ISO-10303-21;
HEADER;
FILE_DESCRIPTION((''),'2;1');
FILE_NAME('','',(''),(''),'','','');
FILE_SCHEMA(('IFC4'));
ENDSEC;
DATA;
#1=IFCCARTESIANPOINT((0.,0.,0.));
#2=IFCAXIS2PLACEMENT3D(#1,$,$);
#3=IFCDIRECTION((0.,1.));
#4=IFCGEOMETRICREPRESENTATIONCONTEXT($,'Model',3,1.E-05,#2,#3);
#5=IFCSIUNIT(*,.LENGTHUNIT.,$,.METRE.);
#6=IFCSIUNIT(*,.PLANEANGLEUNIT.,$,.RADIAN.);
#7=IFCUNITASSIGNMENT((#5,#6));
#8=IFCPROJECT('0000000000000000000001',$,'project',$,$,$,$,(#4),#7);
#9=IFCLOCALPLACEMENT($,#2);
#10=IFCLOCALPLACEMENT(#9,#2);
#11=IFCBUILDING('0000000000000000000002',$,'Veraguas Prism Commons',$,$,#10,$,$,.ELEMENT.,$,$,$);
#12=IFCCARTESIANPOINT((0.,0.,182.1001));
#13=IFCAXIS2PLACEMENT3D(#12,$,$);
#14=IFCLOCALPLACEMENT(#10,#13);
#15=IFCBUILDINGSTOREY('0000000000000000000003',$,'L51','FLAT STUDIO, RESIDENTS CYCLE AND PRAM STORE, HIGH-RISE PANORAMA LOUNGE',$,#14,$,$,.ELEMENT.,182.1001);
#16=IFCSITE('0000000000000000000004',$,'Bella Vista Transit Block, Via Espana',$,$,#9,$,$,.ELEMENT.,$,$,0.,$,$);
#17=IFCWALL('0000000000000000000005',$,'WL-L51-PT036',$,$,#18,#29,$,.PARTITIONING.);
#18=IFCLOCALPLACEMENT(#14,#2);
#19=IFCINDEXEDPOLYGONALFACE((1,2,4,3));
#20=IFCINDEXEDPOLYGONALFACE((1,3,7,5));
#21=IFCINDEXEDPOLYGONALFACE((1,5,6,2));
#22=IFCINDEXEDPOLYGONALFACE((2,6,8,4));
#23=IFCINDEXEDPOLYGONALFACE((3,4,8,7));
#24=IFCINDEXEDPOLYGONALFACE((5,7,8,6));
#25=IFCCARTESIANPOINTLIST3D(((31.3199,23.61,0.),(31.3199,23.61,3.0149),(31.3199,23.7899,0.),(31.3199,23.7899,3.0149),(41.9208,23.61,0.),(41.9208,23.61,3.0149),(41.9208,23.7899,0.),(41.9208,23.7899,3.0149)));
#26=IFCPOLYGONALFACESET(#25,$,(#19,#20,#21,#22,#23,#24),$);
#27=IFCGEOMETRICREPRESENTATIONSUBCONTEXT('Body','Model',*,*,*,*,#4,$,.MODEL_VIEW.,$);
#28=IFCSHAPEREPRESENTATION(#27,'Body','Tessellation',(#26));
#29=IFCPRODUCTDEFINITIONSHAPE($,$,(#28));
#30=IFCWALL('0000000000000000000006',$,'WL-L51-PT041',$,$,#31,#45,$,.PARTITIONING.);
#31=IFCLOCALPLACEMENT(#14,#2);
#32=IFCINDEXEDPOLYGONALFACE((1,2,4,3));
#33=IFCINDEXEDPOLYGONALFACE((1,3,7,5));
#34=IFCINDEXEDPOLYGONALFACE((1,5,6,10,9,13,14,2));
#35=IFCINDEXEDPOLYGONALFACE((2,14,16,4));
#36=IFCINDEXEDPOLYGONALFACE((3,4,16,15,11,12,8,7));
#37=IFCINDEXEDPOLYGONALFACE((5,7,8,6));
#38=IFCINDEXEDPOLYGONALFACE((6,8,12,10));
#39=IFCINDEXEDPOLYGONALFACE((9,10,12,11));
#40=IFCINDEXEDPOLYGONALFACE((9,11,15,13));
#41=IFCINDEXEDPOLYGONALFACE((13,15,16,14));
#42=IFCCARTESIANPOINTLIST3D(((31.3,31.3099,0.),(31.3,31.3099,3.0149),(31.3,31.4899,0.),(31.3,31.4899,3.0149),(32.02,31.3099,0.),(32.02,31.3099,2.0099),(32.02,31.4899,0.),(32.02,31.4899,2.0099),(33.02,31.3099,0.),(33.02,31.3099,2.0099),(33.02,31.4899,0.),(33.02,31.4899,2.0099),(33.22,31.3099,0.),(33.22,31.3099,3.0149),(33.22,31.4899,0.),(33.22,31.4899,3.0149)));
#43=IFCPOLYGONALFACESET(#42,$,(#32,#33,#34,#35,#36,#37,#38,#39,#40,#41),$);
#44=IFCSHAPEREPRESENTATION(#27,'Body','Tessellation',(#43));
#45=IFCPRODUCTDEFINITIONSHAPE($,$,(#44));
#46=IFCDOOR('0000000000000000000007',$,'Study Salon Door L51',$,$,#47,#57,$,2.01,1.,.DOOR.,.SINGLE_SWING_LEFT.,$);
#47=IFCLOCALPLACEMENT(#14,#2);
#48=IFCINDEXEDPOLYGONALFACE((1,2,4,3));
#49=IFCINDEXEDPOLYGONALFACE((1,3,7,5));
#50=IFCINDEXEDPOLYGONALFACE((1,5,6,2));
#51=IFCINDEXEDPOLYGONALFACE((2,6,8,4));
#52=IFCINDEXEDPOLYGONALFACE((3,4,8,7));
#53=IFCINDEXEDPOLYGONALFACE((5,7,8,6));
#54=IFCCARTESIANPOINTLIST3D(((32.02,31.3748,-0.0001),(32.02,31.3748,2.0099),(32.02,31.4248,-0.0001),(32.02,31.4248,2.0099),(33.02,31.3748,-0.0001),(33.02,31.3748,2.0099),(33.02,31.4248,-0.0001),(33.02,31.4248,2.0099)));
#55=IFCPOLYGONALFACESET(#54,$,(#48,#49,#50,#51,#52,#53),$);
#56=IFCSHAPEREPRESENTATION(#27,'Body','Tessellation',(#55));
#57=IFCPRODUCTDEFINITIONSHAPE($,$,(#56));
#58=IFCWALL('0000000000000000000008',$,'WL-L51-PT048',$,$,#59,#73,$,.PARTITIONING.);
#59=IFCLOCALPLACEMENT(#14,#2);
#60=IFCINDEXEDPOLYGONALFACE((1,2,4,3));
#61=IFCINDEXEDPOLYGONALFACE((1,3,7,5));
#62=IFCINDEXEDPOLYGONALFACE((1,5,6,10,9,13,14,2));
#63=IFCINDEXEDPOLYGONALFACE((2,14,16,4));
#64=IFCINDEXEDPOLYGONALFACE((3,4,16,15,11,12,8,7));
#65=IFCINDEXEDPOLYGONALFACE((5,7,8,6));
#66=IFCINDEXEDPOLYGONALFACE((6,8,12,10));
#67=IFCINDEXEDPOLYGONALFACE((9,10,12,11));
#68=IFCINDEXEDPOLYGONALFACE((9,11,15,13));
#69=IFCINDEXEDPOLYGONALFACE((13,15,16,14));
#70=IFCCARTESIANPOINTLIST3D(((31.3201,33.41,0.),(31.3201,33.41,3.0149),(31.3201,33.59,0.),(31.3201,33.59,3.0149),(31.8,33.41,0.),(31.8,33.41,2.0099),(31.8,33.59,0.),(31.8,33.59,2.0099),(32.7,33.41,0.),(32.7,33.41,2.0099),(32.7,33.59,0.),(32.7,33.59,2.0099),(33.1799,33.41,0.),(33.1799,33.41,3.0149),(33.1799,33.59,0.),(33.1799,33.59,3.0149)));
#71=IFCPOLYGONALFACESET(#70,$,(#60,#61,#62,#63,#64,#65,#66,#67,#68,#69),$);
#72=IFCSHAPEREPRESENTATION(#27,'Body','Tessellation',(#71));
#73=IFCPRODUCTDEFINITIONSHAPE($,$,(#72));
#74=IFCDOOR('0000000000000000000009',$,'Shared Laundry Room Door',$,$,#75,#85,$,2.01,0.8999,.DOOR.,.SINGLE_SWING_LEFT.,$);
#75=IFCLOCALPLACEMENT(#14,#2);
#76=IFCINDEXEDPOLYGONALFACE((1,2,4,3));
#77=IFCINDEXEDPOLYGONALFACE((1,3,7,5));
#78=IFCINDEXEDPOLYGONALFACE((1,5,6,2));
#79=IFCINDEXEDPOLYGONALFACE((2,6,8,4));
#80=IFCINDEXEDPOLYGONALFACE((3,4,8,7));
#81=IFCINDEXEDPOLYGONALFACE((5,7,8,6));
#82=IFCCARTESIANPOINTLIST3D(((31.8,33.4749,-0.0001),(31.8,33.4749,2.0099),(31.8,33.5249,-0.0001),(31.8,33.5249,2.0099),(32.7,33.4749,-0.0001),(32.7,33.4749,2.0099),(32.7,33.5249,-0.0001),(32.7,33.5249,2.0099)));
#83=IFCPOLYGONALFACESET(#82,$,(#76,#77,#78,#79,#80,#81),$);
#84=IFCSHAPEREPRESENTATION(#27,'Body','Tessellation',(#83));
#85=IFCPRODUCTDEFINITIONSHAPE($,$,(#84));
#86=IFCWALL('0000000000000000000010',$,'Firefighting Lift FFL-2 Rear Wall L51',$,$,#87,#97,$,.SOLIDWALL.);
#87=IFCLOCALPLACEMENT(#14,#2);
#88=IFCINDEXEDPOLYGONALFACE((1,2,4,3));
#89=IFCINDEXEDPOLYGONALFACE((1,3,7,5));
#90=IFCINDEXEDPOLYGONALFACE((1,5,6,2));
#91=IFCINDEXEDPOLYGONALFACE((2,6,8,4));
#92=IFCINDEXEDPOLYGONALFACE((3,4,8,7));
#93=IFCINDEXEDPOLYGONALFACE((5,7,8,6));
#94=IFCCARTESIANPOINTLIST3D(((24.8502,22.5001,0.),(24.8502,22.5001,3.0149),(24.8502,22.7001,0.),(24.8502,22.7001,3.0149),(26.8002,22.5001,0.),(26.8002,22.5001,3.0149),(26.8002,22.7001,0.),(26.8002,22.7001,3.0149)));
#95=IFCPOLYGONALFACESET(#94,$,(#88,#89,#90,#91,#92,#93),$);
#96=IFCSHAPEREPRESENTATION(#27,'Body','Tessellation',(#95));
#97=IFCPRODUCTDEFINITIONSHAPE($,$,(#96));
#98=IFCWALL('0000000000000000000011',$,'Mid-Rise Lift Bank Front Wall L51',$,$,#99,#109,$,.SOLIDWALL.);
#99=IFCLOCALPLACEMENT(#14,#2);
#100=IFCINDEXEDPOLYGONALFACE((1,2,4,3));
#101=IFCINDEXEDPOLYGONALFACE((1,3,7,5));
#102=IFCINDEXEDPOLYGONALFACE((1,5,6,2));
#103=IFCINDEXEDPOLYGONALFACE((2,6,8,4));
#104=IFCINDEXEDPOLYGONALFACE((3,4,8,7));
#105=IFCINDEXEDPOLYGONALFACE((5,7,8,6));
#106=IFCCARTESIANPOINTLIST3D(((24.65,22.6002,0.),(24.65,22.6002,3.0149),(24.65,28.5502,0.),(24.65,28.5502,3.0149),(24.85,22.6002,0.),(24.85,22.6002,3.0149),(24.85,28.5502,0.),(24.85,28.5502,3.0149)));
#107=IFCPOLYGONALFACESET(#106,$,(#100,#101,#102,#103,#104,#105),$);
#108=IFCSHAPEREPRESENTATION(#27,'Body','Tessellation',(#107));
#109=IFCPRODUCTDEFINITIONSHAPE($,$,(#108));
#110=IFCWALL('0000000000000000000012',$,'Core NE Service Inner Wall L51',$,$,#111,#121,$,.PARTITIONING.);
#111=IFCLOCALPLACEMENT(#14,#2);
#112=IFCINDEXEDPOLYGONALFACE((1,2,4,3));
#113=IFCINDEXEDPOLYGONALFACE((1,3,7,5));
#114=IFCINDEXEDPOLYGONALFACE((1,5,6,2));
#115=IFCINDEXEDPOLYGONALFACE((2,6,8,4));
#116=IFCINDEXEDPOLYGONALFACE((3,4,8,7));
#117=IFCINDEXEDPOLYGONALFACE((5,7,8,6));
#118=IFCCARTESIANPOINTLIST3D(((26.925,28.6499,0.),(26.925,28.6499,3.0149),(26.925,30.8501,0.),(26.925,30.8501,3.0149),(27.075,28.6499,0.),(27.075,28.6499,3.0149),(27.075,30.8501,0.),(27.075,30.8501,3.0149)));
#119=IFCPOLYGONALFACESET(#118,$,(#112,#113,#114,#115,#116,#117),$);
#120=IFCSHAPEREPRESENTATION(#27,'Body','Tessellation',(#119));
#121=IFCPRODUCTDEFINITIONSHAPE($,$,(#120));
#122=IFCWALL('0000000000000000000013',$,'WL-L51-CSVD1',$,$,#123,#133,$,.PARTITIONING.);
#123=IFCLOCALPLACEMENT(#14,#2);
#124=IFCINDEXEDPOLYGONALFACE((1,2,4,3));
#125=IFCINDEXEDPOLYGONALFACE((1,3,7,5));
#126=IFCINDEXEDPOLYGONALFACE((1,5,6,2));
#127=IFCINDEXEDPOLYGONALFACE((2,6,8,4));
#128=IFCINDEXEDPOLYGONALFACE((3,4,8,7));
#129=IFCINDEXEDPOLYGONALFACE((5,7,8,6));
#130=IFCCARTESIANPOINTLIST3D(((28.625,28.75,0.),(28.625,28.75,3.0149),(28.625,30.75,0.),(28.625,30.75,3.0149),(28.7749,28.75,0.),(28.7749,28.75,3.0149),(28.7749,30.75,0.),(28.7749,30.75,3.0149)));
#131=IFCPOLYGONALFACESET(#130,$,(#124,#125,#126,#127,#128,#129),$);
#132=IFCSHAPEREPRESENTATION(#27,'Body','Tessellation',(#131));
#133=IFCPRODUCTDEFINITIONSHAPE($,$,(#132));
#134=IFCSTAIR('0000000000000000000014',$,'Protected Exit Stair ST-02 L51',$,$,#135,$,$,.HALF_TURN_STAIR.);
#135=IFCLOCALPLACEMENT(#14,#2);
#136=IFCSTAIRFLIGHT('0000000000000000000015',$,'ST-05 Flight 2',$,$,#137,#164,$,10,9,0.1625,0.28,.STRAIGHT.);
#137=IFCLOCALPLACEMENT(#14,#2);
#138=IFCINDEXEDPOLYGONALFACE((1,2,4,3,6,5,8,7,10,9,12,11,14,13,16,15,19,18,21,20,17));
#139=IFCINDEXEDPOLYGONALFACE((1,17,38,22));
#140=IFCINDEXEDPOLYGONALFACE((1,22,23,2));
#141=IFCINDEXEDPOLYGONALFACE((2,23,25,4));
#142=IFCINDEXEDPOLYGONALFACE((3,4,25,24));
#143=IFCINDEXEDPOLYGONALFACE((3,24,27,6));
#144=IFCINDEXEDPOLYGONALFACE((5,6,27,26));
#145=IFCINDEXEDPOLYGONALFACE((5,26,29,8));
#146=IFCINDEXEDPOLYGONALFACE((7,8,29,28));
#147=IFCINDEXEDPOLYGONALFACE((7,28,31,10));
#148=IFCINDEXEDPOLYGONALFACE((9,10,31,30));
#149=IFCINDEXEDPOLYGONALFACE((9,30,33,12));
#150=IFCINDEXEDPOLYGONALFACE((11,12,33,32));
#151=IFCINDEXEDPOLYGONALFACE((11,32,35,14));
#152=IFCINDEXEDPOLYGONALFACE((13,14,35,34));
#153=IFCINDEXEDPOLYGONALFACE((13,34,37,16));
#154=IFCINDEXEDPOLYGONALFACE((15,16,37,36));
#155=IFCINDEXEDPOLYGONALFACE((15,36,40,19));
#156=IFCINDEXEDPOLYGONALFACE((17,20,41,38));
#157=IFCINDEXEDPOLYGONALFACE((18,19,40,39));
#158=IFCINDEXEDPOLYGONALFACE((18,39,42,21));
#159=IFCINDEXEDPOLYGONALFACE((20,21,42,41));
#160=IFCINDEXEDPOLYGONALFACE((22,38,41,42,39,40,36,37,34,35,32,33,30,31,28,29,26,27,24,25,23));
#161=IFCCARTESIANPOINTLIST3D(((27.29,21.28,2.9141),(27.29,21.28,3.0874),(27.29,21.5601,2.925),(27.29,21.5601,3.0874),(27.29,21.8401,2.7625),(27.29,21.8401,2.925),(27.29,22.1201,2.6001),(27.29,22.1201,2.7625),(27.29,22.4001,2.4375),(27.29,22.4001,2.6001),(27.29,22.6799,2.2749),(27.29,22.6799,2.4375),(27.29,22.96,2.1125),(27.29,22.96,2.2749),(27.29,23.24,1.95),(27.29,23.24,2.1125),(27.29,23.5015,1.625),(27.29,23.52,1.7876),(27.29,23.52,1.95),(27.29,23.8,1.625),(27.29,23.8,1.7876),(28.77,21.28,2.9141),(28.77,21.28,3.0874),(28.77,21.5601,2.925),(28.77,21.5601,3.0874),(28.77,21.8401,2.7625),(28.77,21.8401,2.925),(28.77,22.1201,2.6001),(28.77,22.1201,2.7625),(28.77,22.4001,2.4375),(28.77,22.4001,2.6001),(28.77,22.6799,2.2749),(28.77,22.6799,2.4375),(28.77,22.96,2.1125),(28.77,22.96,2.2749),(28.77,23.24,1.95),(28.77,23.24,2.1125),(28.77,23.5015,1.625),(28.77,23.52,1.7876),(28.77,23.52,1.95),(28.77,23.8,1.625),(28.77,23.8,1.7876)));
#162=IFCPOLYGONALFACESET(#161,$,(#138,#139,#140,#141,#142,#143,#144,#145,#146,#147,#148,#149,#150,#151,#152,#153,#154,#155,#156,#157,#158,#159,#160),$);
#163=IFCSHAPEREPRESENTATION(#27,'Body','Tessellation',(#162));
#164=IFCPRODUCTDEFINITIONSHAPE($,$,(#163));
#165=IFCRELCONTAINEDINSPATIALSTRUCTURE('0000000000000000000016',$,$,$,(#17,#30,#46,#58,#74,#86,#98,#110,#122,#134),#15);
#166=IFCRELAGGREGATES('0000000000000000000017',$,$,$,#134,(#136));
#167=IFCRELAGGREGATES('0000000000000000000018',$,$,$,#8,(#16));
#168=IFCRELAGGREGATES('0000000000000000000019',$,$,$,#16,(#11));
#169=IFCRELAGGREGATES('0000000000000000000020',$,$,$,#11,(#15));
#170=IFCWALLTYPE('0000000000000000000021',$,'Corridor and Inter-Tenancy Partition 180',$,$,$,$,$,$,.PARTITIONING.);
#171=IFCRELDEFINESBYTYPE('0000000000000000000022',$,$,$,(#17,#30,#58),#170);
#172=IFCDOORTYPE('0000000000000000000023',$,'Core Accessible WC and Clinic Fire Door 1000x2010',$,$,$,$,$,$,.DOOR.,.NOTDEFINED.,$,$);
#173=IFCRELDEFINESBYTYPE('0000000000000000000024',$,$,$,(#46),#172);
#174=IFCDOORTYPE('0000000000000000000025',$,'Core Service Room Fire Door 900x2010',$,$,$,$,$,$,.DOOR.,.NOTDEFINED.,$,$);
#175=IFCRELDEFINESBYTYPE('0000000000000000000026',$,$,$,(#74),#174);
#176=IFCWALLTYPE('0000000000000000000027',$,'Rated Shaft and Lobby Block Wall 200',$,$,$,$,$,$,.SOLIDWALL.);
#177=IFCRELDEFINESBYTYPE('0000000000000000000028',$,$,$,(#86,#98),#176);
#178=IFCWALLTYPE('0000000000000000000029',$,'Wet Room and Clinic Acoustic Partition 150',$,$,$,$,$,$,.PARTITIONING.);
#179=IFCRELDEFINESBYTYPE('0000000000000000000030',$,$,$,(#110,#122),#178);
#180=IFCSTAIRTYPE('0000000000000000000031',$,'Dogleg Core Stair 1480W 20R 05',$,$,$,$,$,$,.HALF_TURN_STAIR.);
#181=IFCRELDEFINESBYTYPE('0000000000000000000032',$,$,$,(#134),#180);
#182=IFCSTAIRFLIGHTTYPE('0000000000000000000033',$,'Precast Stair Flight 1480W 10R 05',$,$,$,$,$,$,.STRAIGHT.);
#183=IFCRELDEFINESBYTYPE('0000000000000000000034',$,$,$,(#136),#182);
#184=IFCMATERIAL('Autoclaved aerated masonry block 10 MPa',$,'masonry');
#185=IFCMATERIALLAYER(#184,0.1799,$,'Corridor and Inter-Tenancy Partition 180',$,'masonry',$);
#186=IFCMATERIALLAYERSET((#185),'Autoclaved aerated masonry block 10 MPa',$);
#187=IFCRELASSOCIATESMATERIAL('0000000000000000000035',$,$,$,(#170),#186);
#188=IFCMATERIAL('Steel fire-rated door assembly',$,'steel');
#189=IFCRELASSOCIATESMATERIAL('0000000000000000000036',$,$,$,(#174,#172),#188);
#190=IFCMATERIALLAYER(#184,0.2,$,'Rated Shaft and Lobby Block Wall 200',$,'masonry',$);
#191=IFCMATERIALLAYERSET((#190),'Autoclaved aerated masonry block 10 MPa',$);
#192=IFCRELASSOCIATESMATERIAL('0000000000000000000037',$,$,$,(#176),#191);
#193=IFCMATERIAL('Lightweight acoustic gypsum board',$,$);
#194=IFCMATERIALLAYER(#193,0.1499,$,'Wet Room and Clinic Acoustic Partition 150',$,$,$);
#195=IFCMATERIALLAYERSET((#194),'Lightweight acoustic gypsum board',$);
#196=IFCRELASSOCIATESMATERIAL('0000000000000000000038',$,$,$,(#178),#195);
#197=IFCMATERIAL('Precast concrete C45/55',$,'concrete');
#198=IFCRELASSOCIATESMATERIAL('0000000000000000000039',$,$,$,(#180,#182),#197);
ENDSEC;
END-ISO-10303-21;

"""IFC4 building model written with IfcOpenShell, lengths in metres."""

from ifc_helpers import new_model, si_unit, direction, frame, frame_2d, origin, place, context, subcontext, project, spatial, polyline, rectangle, outline, extrude, source, transform, mapped, material, layer, layer_set, type_object, element, fill, aggregate, save


model = new_model("IFC4")

# Units and contexts
model_context = context("Model", 3, precision=1e-05, world=origin(), true_north=direction((0.0, 1.0)))
body_context = subcontext(model_context, "Body", "Model", "MODEL_VIEW")
ifc_project = project(units=[si_unit("LENGTHUNIT", "METRE"), si_unit("PLANEANGLEUNIT", "RADIAN")], contexts=[model_context])

# Site, building, storey
site_placement = place(None, origin())
site = spatial("IfcSite", under=ifc_project, at=site_placement, Name="Bella Vista Transit Block, Via Espana", CompositionType="ELEMENT", RefElevation=0.0)
building_placement = place(site_placement, origin())
building = spatial("IfcBuilding", under=site, at=building_placement, Name="Veraguas Prism Commons", CompositionType="ELEMENT")
storey_placement = place(building_placement, frame((0.0, 0.0, 182.1001)))
storey = spatial("IfcBuildingStorey", under=building, at=storey_placement, Name="L51", Description="FLAT STUDIO, RESIDENTS CYCLE AND PRAM STORE, HIGH-RISE PANORAMA LOUNGE", CompositionType="ELEMENT", Elevation=182.1001)

# Shared definitions
ifc_material_1 = material(Name="Steel fire-rated door assembly", Category="steel")

# Shared definitions
ifc_material_2 = material(Name="Autoclaved aerated masonry block 10 MPa", Category="masonry")
ifc_layer_1 = layer(ifc_material_2, 0.1799, Name="Corridor and Inter-Tenancy Partition 180", Category="masonry")
ifc_layer_set_1 = layer_set([ifc_layer_1], Name="Autoclaved aerated masonry block 10 MPa")
wall_type_1 = type_object("IfcWallType", Name="Corridor and Inter-Tenancy Partition 180", PredefinedType="PARTITIONING", material=ifc_layer_set_1)
door_type_1 = type_object("IfcDoorType", Name="Core Service Room Fire Door 900x2010", OperationType="NOTDEFINED", PredefinedType="DOOR", material=ifc_material_1)
shared_shape_1 = source(origin(), body_context, "Body", "SweptSolid", [
    extrude(rectangle(XDim=0.8999, YDim=2.01, at=frame_2d((0.45, 1.0049))), frame((0.0, 0.0249, 0.0), z_axis=(0.0, -1.0, 0.0), x_axis=(1.0, 0.0, 0.0)), (0.0, 0.0, 1.0), 0.05),
])

# Wall
wall_1_placement = place(storey_placement, frame((31.3201, 23.7, 0.0), z_axis=(0.0, 0.0, 1.0), x_axis=(1.0, 0.0, 0.0)))
element("IfcWall", 1, at=wall_1_placement, inside=storey, type_object=wall_type_1, Name="WL-L51-PT036", PredefinedType="PARTITIONING", context=body_context, shape_type="SweptSolid", body=[
    extrude(rectangle(XDim=10.6008, YDim=0.1799, at=frame_2d((5.3003, 0.0))), origin(), (0.0, 0.0, 1.0), 3.0149),
])

# Walls, openings, doors
wall_2_placement = place(storey_placement, frame((31.3, 31.3999, 0.0), z_axis=(0.0, 0.0, 1.0), x_axis=(1.0, 0.0, 0.0)))
wall_2 = element("IfcWall", 2, at=wall_2_placement, inside=storey, type_object=wall_type_1, Name="WL-L51-PT041", PredefinedType="PARTITIONING", context=body_context, shape_type="SweptSolid", body=[
    extrude(rectangle(XDim=1.9199, YDim=0.1799, at=frame_2d((0.96, 0.0))), origin(), (0.0, 0.0, 1.0), 3.0149),
])
opening_1_placement = place(wall_2_placement, frame((0.72, 0.0, 0.0)))
opening_1 = element("IfcOpeningElement", 3, at=opening_1_placement, cuts=wall_2, PredefinedType="OPENING", context=body_context, shape_type="SweptSolid", body=[
    extrude(rectangle(XDim=1.0, YDim=2.01, at=frame_2d((0.5, 1.0049))), frame((0.0, 0.0999, 0.0), z_axis=(0.0, -1.0, 0.0), x_axis=(1.0, 0.0, 0.0)), (0.0, 0.0, 1.0), 0.2),
])
door_type_2 = type_object("IfcDoorType", Name="Core Accessible WC and Clinic Fire Door 1000x2010", OperationType="NOTDEFINED", PredefinedType="DOOR", material=ifc_material_1)
shared_shape_2 = source(origin(), body_context, "Body", "SweptSolid", [
    extrude(rectangle(XDim=1.0, YDim=2.01, at=frame_2d((0.5, 1.0049))), frame((0.0, 0.0249, 0.0), z_axis=(0.0, -1.0, 0.0), x_axis=(1.0, 0.0, 0.0)), (0.0, 0.0, 1.0), 0.05),
])
door_1_placement = place(opening_1_placement, origin())
door_1 = element("IfcDoor", 4, at=door_1_placement, inside=storey, type_object=door_type_2, Name="Study Salon Door L51", OperationType="SINGLE_SWING_LEFT", OverallHeight=2.01, OverallWidth=1.0, PredefinedType="DOOR", context=body_context, shape_type="MappedRepresentation", body=[
    mapped(shared_shape_2, transform((0.0, 0.0, 0.0), scale=1.0)),
])
fill(opening_1, door_1)
wall_3_placement = place(storey_placement, frame((31.3201, 33.5, 0.0), z_axis=(0.0, 0.0, 1.0), x_axis=(1.0, 0.0, 0.0)))
wall_3 = element("IfcWall", 5, at=wall_3_placement, inside=storey, type_object=wall_type_1, Name="WL-L51-PT048", PredefinedType="PARTITIONING", context=body_context, shape_type="SweptSolid", body=[
    extrude(rectangle(XDim=1.8599, YDim=0.1799, at=frame_2d((0.9299, 0.0))), origin(), (0.0, 0.0, 1.0), 3.0149),
])
opening_2_placement = place(wall_3_placement, frame((0.48, 0.0, 0.0)))
opening_2 = element("IfcOpeningElement", 6, at=opening_2_placement, cuts=wall_3, PredefinedType="OPENING", context=body_context, shape_type="SweptSolid", body=[
    extrude(rectangle(XDim=0.8999, YDim=2.01, at=frame_2d((0.45, 1.0049))), frame((0.0, 0.0999, 0.0), z_axis=(0.0, -1.0, 0.0), x_axis=(1.0, 0.0, 0.0)), (0.0, 0.0, 1.0), 0.2),
])
door_2_placement = place(opening_2_placement, origin())
door_2 = element("IfcDoor", 7, at=door_2_placement, inside=storey, type_object=door_type_1, Name="Shared Laundry Room Door", OperationType="SINGLE_SWING_LEFT", OverallHeight=2.01, OverallWidth=0.8999, PredefinedType="DOOR", context=body_context, shape_type="MappedRepresentation", body=[
    mapped(shared_shape_1, transform((0.0, 0.0, 0.0), scale=1.0)),
])
fill(opening_2, door_2)

# Walls
ifc_layer_2 = layer(ifc_material_2, 0.2, Name="Rated Shaft and Lobby Block Wall 200", Category="masonry")
ifc_layer_set_2 = layer_set([ifc_layer_2], Name="Autoclaved aerated masonry block 10 MPa")
wall_type_2 = type_object("IfcWallType", Name="Rated Shaft and Lobby Block Wall 200", PredefinedType="SOLIDWALL", material=ifc_layer_set_2)
wall_4_placement = place(storey_placement, frame((24.8501, 22.6001, 0.0), z_axis=(0.0, 0.0, 1.0), x_axis=(1.0, 0.0, 0.0)))
element("IfcWall", 8, at=wall_4_placement, inside=storey, type_object=wall_type_2, Name="Firefighting Lift FFL-2 Rear Wall L51", PredefinedType="SOLIDWALL", context=body_context, shape_type="SweptSolid", body=[
    extrude(rectangle(XDim=1.95, YDim=0.2, at=frame_2d((0.9751, 0.0))), origin(), (0.0, 0.0, 1.0), 3.0149),
])
wall_5_placement = place(storey_placement, frame((24.75, 22.6001, 0.0), z_axis=(0.0, 0.0, 1.0), x_axis=(0.0, 1.0, 0.0)))
element("IfcWall", 9, at=wall_5_placement, inside=storey, type_object=wall_type_2, Name="Mid-Rise Lift Bank Front Wall L51", PredefinedType="SOLIDWALL", context=body_context, shape_type="SweptSolid", body=[
    extrude(rectangle(XDim=5.95, YDim=0.2, at=frame_2d((2.9751, 0.0))), origin(), (0.0, 0.0, 1.0), 3.0149),
])
ifc_material_3 = material(Name="Lightweight acoustic gypsum board")
ifc_layer_3 = layer(ifc_material_3, 0.1499, Name="Wet Room and Clinic Acoustic Partition 150")
ifc_layer_set_3 = layer_set([ifc_layer_3], Name="Lightweight acoustic gypsum board")
wall_type_3 = type_object("IfcWallType", Name="Wet Room and Clinic Acoustic Partition 150", PredefinedType="PARTITIONING", material=ifc_layer_set_3)
wall_6_placement = place(storey_placement, frame((27.0, 28.6499, 0.0), z_axis=(0.0, 0.0, 1.0), x_axis=(0.0, 1.0, 0.0)))
element("IfcWall", 10, at=wall_6_placement, inside=storey, type_object=wall_type_3, Name="Core NE Service Inner Wall L51", PredefinedType="PARTITIONING", context=body_context, shape_type="SweptSolid", body=[
    extrude(rectangle(XDim=2.2002, YDim=0.1499, at=frame_2d((1.1001, 0.0))), origin(), (0.0, 0.0, 1.0), 3.0149),
])
wall_7_placement = place(storey_placement, frame((28.7, 28.75, 0.0), z_axis=(0.0, 0.0, 1.0), x_axis=(0.0, 1.0, 0.0)))
element("IfcWall", 11, at=wall_7_placement, inside=storey, type_object=wall_type_3, Name="WL-L51-CSVD1", PredefinedType="PARTITIONING", context=body_context, shape_type="SweptSolid", body=[
    extrude(rectangle(XDim=2.0, YDim=0.1499, at=frame_2d((1.0, 0.0))), origin(), (0.0, 0.0, 1.0), 3.0149),
])

# Stair, stair flight
ifc_material_4 = material(Name="Precast concrete C45/55", Category="concrete")
stair_type = type_object("IfcStairType", Name="Dogleg Core Stair 1480W 20R 05", PredefinedType="HALF_TURN_STAIR", material=ifc_material_4)
stair_placement = place(storey_placement, origin())
stair = element("IfcStair", 12, at=stair_placement, inside=storey, type_object=stair_type, Name="Protected Exit Stair ST-02 L51", PredefinedType="HALF_TURN_STAIR")
stair_flight_type = type_object("IfcStairFlightType", Name="Precast Stair Flight 1480W 10R 05", PredefinedType="STRAIGHT", material=ifc_material_4)
stair_flight_placement = place(storey_placement, frame((28.03, 23.8, 1.625), z_axis=(0.0, 0.0, 1.0), x_axis=(0.0, -1.0, 0.0)))
stair_flight = element("IfcStairFlight", 13, at=stair_flight_placement, type_object=stair_flight_type, Name="ST-05 Flight 2", NumberOfRisers=10, NumberOfTreads=9, PredefinedType="STRAIGHT", RiserHeight=0.1625, TreadLength=0.28, context=body_context, shape_type="SweptSolid", body=[
    extrude(outline(polyline([(0.0, 0.0), (0.0, 0.1626), (0.28, 0.1626), (0.28, 0.325), (0.5601, 0.325), (0.5601, 0.4875), (0.8401, 0.4875), (0.8401, 0.6499), (1.1201, 0.6499), (1.1201, 0.8125), (1.3999, 0.8125), (1.3999, 0.9751), (1.6799, 0.9751), (1.6799, 1.1375), (1.96, 1.1375), (1.96, 1.3), (2.24, 1.3), (2.24, 1.4624), (2.52, 1.4624), (2.52, 1.625), (2.52, 1.2891), (0.2986, 0.0), (0.0, 0.0)])), frame((0.0, 0.74, 0.0), z_axis=(0.0, -1.0, 0.0), x_axis=(1.0, 0.0, 0.0)), (0.0, 0.0, 1.0), 1.48),
])
aggregate(stair, [stair_flight])

save(model, "model.ifc")
